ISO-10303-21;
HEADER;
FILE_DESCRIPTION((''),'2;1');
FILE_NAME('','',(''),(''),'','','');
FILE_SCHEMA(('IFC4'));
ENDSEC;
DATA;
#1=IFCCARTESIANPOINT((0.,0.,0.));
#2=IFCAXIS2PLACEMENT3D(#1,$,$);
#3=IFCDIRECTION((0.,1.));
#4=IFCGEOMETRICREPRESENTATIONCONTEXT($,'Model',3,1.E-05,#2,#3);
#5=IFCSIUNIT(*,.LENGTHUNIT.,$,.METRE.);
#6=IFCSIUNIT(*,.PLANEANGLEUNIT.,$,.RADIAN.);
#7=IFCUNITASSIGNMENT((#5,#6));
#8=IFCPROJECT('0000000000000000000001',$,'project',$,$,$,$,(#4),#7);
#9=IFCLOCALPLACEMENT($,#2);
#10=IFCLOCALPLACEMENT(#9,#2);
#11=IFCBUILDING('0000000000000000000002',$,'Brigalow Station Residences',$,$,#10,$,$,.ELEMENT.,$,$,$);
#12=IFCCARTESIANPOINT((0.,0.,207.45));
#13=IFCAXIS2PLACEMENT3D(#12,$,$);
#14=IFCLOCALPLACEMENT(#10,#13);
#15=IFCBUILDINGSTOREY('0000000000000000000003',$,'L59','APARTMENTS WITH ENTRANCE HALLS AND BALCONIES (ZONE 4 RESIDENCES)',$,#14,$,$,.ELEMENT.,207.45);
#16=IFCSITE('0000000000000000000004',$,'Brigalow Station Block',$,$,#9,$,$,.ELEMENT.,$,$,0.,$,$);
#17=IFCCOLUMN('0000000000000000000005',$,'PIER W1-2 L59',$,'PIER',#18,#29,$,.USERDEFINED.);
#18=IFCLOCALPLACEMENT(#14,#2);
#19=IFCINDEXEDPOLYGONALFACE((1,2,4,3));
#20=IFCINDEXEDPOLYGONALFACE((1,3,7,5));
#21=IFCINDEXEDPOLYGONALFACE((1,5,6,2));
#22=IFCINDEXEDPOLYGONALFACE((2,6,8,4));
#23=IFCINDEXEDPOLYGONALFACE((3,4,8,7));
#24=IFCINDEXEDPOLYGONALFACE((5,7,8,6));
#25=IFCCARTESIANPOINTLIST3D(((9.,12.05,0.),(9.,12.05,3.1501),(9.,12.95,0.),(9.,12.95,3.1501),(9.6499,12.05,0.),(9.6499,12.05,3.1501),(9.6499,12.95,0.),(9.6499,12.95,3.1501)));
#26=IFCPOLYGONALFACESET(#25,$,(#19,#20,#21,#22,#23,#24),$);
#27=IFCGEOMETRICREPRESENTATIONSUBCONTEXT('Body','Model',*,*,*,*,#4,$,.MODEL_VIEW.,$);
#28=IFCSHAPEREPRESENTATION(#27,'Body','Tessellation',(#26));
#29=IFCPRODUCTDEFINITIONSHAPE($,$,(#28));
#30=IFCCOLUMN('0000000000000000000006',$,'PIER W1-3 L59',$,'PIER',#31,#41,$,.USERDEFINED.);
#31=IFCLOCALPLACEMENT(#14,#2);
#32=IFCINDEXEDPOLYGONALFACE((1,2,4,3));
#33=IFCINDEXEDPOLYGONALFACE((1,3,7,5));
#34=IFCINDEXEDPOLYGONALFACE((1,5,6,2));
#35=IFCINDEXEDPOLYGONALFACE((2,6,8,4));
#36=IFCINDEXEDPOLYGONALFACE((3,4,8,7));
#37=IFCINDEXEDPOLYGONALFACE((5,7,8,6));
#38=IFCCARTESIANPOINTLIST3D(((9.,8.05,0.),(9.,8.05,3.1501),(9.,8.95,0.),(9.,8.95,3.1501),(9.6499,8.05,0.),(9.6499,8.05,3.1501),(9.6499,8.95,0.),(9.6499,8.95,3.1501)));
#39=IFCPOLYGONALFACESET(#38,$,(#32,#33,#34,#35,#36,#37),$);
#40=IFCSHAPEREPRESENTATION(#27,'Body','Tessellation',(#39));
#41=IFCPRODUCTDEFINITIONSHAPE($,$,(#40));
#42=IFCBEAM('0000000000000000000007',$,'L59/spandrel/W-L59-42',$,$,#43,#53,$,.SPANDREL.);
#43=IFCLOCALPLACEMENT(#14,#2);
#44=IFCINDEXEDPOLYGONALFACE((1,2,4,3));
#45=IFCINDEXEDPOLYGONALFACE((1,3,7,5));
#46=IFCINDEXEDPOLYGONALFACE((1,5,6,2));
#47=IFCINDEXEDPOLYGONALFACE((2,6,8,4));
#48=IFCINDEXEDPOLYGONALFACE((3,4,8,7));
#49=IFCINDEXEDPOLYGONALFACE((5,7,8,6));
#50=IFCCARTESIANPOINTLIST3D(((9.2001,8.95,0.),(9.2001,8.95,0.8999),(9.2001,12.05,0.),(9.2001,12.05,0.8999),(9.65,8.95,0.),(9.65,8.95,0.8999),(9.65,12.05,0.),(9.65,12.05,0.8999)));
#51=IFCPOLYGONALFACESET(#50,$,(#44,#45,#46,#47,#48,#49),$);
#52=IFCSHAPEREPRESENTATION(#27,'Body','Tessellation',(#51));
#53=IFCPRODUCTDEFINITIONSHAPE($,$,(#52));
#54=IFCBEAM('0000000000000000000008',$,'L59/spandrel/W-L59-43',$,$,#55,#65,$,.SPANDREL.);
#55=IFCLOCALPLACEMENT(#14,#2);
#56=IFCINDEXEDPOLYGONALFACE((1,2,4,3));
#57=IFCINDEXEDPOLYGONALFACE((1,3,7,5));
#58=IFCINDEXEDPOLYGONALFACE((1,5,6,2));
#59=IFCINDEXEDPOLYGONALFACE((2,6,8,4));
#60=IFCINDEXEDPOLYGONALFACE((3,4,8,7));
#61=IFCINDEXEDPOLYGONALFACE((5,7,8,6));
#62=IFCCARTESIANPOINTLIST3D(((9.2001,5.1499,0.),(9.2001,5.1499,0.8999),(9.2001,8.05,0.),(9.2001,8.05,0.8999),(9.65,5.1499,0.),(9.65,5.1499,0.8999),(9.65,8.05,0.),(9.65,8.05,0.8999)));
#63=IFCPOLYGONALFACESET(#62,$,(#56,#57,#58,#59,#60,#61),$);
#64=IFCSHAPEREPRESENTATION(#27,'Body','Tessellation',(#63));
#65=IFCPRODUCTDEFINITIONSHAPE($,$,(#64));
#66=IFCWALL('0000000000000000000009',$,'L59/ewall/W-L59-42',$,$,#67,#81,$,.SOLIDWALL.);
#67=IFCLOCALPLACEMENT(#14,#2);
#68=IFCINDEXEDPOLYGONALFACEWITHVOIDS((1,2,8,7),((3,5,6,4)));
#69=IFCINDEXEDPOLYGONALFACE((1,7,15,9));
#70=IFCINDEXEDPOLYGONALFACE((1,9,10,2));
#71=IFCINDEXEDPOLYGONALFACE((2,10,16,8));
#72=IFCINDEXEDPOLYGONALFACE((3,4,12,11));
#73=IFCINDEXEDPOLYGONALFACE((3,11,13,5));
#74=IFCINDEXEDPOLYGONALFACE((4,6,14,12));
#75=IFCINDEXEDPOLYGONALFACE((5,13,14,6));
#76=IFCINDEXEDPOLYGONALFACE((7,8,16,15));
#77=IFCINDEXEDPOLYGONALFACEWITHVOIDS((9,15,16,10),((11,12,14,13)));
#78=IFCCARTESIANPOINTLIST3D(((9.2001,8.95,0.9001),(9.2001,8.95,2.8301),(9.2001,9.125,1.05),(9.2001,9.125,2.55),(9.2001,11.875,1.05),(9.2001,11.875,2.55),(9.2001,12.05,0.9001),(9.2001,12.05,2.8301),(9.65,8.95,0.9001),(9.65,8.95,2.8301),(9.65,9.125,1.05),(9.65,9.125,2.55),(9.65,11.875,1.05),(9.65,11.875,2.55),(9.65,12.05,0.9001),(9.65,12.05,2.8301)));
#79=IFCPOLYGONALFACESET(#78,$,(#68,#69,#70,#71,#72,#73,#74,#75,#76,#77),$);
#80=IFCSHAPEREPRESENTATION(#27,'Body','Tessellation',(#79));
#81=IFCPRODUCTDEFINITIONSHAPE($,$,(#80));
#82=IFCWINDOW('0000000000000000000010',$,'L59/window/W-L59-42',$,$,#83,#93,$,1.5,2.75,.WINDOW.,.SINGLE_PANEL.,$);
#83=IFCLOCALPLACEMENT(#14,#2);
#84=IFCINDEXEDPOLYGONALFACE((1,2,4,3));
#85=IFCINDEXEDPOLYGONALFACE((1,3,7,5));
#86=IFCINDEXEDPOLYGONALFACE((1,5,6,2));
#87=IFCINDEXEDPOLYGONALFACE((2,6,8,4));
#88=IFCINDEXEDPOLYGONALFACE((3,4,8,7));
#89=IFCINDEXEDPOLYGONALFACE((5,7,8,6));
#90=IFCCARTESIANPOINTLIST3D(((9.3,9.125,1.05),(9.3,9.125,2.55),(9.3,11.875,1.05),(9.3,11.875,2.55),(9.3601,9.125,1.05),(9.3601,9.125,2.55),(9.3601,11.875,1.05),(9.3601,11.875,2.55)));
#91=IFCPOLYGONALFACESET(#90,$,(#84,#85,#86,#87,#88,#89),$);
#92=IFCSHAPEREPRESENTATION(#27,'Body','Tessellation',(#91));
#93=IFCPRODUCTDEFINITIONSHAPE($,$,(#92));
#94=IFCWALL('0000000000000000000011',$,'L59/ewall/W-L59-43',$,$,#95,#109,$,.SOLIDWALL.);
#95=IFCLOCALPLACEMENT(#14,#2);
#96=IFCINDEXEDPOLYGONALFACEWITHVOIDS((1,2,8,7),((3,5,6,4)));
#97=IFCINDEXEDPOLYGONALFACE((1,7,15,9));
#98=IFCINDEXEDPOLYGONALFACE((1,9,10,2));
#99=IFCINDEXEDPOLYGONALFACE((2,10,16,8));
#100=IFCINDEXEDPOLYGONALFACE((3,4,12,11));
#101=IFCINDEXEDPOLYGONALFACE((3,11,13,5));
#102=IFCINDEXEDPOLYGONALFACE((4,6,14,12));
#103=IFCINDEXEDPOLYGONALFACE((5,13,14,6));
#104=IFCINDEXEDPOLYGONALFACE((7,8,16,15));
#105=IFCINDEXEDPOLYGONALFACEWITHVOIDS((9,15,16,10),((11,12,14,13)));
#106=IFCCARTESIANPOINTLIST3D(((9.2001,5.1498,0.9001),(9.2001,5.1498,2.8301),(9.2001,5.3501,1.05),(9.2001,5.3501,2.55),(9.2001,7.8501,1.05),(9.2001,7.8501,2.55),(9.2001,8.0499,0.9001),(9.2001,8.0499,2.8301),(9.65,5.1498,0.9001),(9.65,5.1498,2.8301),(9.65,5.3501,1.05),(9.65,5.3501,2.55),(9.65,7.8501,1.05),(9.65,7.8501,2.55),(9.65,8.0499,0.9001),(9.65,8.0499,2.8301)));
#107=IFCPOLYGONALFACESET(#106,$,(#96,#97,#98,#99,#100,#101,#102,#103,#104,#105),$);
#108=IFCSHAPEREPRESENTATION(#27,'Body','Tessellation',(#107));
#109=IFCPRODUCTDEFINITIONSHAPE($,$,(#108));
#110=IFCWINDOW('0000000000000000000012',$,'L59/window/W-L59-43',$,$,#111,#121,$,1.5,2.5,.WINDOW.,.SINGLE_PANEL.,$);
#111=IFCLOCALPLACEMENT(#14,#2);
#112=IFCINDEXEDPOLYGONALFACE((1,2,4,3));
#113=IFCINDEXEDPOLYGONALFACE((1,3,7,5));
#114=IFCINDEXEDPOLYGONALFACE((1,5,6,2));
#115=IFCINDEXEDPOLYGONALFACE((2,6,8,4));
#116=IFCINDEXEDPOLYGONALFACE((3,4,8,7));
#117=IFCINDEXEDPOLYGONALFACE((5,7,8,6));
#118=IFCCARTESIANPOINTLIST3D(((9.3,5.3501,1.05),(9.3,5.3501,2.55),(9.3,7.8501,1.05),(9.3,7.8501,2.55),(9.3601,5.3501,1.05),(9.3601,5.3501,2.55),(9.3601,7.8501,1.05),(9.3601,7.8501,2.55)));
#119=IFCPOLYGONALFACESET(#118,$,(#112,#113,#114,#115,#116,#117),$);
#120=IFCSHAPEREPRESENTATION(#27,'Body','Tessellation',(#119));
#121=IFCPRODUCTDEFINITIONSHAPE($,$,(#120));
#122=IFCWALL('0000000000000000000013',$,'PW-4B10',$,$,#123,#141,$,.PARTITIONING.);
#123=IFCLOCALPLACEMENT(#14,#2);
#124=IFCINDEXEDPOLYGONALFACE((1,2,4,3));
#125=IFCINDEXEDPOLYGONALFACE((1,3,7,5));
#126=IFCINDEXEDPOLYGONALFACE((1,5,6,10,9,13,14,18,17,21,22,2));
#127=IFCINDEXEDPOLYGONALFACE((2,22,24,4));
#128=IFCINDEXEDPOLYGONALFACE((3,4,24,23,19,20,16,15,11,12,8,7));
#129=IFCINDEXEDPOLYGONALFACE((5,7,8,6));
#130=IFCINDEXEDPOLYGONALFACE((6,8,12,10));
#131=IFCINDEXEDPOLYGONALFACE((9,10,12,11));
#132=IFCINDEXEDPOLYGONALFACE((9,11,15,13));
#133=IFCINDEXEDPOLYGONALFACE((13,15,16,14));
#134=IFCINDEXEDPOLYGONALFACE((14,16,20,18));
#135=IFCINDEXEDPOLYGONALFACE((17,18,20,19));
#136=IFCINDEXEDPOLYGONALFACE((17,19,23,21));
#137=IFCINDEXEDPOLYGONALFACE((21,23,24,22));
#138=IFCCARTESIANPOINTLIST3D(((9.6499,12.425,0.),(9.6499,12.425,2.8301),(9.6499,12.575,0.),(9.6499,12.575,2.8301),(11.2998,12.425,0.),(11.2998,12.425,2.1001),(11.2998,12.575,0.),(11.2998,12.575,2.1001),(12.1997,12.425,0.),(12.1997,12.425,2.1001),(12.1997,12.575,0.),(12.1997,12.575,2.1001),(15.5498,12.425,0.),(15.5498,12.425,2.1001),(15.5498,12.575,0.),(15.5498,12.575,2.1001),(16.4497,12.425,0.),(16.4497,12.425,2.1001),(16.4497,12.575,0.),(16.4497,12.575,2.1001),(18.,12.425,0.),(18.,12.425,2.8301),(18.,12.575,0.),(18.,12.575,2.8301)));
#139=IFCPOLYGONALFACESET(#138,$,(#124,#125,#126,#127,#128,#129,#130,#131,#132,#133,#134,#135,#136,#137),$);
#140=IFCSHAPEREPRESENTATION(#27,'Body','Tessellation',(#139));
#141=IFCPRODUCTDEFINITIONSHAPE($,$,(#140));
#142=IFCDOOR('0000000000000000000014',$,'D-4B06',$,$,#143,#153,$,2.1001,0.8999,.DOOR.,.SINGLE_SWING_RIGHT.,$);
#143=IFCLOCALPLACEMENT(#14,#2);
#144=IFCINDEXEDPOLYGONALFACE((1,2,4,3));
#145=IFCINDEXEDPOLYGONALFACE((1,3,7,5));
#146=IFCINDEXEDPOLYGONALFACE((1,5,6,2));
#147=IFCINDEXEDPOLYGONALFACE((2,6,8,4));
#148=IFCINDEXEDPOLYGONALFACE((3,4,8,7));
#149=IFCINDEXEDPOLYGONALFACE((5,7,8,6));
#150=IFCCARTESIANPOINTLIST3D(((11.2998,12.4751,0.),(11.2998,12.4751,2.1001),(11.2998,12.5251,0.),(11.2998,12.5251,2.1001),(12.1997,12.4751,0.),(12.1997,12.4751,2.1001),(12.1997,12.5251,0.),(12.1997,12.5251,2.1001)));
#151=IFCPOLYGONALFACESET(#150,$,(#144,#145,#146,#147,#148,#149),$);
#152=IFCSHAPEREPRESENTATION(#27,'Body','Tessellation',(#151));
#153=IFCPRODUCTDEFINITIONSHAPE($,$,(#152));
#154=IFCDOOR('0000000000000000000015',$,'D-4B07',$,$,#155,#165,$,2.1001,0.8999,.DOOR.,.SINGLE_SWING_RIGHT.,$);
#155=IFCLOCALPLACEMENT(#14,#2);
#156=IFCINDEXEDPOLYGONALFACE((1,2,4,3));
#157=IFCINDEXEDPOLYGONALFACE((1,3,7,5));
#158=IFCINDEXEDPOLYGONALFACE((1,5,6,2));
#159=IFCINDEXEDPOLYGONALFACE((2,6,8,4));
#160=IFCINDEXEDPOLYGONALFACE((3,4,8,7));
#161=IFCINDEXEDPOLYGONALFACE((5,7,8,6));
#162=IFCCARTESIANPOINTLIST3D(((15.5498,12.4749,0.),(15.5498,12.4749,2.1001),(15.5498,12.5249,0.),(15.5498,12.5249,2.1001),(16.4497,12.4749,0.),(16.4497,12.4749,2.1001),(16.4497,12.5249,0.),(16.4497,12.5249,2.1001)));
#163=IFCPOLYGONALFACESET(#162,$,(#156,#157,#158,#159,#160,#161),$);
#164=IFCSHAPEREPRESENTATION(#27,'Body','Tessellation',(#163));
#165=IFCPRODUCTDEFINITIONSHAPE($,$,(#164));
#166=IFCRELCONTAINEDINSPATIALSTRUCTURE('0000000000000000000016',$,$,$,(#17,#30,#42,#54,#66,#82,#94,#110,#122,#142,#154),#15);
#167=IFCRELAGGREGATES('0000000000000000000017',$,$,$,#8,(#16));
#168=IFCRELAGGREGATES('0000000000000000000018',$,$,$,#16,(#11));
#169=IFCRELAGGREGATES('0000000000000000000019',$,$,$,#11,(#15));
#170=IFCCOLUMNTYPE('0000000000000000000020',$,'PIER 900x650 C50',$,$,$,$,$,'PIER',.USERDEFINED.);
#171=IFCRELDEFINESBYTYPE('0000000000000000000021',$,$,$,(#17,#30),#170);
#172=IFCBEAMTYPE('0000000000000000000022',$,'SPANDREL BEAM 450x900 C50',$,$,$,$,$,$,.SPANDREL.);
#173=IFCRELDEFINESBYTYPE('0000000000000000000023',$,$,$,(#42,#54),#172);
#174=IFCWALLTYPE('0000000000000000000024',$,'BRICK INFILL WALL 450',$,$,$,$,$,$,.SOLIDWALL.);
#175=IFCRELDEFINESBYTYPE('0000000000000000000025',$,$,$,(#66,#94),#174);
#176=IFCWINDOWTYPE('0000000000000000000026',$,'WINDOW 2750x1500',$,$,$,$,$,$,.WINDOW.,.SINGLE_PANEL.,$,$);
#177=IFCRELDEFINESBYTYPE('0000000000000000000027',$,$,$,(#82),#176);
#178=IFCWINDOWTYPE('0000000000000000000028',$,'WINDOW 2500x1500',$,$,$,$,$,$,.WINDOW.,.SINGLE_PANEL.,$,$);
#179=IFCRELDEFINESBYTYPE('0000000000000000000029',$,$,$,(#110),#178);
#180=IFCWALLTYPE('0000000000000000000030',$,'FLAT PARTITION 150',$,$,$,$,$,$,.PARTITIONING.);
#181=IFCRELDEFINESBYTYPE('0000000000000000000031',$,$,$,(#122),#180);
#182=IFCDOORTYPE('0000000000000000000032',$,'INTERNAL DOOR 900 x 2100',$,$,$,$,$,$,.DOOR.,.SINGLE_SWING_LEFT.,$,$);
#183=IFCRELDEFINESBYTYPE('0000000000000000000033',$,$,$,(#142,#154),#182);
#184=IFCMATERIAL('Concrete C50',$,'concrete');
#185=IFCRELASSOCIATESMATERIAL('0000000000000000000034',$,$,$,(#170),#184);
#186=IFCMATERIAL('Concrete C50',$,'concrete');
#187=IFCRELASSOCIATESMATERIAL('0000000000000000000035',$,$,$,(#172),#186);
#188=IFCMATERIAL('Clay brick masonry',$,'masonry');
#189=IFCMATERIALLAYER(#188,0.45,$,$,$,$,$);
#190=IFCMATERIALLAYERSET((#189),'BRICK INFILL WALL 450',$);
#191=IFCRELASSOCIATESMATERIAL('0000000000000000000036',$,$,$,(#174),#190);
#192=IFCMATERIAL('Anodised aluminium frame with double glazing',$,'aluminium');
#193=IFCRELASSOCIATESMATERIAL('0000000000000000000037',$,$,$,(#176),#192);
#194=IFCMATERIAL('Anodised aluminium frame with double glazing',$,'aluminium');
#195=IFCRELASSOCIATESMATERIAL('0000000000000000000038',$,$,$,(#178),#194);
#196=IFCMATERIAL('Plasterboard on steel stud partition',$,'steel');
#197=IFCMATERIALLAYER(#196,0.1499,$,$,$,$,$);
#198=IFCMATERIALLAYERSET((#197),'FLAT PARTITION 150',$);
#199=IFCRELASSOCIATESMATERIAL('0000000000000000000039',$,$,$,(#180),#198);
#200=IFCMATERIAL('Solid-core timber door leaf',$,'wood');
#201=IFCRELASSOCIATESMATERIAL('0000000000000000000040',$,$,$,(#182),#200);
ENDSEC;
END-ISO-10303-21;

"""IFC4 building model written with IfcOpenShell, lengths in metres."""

from ifc_helpers import new_model, si_unit, direction, frame, frame_2d, origin, origin_2d, place, context, subcontext, project, spatial, rectangle, extrude, material, layer, layer_set, material_profile, profile_set, type_object, element, fill, save


model = new_model("IFC4")

# Units and contexts
model_context = context("Model", 3, precision=1e-05, world=origin(), true_north=direction((0.0, 1.0)))
body_context = subcontext(model_context, "Body", "Model", "MODEL_VIEW")
ifc_project = project(units=[si_unit("LENGTHUNIT", "METRE"), si_unit("PLANEANGLEUNIT", "RADIAN")], contexts=[model_context])

# Site, building, storey
site_placement = place(None, origin())
site = spatial("IfcSite", under=ifc_project, at=site_placement, Name="Brigalow Station Block", CompositionType="ELEMENT", RefElevation=0.0)
building_placement = place(site_placement, origin())
building = spatial("IfcBuilding", under=site, at=building_placement, Name="Brigalow Station Residences", CompositionType="ELEMENT")
storey_placement = place(building_placement, frame((0.0, 0.0, 207.45)))
storey = spatial("IfcBuildingStorey", under=building, at=storey_placement, Name="L59", Description="APARTMENTS WITH ENTRANCE HALLS AND BALCONIES (ZONE 4 RESIDENCES)", CompositionType="ELEMENT", Elevation=207.45)

# Columns
ifc_material_1 = material(Name="Concrete C50", Category="concrete")
ifc_material_profile_1 = material_profile(ifc_material_1, rectangle(XDim=0.8999, YDim=0.6499, at=origin_2d()), Name="RC900x650")
ifc_profile_set_1 = profile_set([ifc_material_profile_1], Name="Concrete C50")
column_type = type_object("IfcColumnType", Name="PIER 900x650 C50", ElementType="PIER", PredefinedType="USERDEFINED", material=ifc_profile_set_1)
for number, where, z_axis, x_axis, name in (
    (1, (9.325, 12.5, 0.0), (0.0, 0.0, 1.0), (0.0, -1.0, 0.0), "PIER W1-2 L59"),
    (2, (9.325, 8.5, 0.0), (0.0, 0.0, 1.0), (0.0, -1.0, 0.0), "PIER W1-3 L59"),
):
    element("IfcColumn", number, at=place(storey_placement, frame(where, z_axis=z_axis, x_axis=x_axis)), inside=storey, type_object=column_type, Name=name, ObjectType="PIER", PredefinedType="USERDEFINED", context=body_context, shape_type="SweptSolid", body=[
        extrude(rectangle(XDim=0.8999, YDim=0.6499, at=origin_2d()), origin(), (0.0, 0.0, 1.0), 3.1501),
    ])

# Beams
ifc_material_2 = material(Name="Concrete C50", Category="concrete")
ifc_material_profile_2 = material_profile(ifc_material_2, rectangle(XDim=0.45, YDim=0.8999, at=origin_2d()), Name="RC450x900")
ifc_profile_set_2 = profile_set([ifc_material_profile_2], Name="Concrete C50")
beam_type = type_object("IfcBeamType", Name="SPANDREL BEAM 450x900 C50", PredefinedType="SPANDREL", material=ifc_profile_set_2)
beam_1_placement = place(storey_placement, frame((9.425, 12.05, 0.45), z_axis=(0.0, -1.0, 0.0), x_axis=(1.0, 0.0, 0.0)))
element("IfcBeam", 3, at=beam_1_placement, inside=storey, type_object=beam_type, Name="L59/spandrel/W-L59-42", PredefinedType="SPANDREL", context=body_context, shape_type="SweptSolid", body=[
    extrude(rectangle(XDim=0.45, YDim=0.8999, at=origin_2d()), origin(), (0.0, 0.0, 1.0), 3.1001),
])
beam_2_placement = place(storey_placement, frame((9.425, 8.05, 0.45), z_axis=(0.0, -1.0, 0.0), x_axis=(1.0, 0.0, 0.0)))
element("IfcBeam", 4, at=beam_2_placement, inside=storey, type_object=beam_type, Name="L59/spandrel/W-L59-43", PredefinedType="SPANDREL", context=body_context, shape_type="SweptSolid", body=[
    extrude(rectangle(XDim=0.45, YDim=0.8999, at=origin_2d()), origin(), (0.0, 0.0, 1.0), 2.9001),
])

# Walls, openings, windows
ifc_material_3 = material(Name="Clay brick masonry", Category="masonry")
ifc_layer_1 = layer(ifc_material_3, 0.45)
ifc_layer_set_1 = layer_set([ifc_layer_1], Name="BRICK INFILL WALL 450")
wall_type_1 = type_object("IfcWallType", Name="BRICK INFILL WALL 450", PredefinedType="SOLIDWALL", material=ifc_layer_set_1)
wall_1_placement = place(storey_placement, frame((9.425, 12.05, 0.9001), z_axis=(0.0, 0.0, 1.0), x_axis=(0.0, -1.0, 0.0)))
wall_1 = element("IfcWall", 5, at=wall_1_placement, inside=storey, type_object=wall_type_1, Name="L59/ewall/W-L59-42", PredefinedType="SOLIDWALL", context=body_context, shape_type="SweptSolid", body=[
    extrude(rectangle(XDim=3.1001, YDim=0.45, at=frame_2d((1.55, 0.0))), origin(), (0.0, 0.0, 1.0), 1.9299),
])
opening_1_placement = place(wall_1_placement, frame((0.175, 0.0, 0.1499)))
opening_1 = element("IfcOpeningElement", 6, at=opening_1_placement, cuts=wall_1, PredefinedType="OPENING", context=body_context, shape_type="SweptSolid", body=[
    extrude(rectangle(XDim=2.75, YDim=1.5, at=frame_2d((1.375, 0.75))), frame((0.0, 0.2349, 0.0), z_axis=(0.0, -1.0, 0.0), x_axis=(1.0, 0.0, 0.0)), (0.0, 0.0, 1.0), 0.47),
])
ifc_material_4 = material(Name="Anodised aluminium frame with double glazing", Category="aluminium")
window_type_1 = type_object("IfcWindowType", Name="WINDOW 2750x1500", PartitioningType="SINGLE_PANEL", PredefinedType="WINDOW", material=ifc_material_4)
window_1_placement = place(opening_1_placement, origin())
window_1 = element("IfcWindow", 7, at=window_1_placement, inside=storey, type_object=window_type_1, Name="L59/window/W-L59-42", OverallHeight=1.5, OverallWidth=2.75, PartitioningType="SINGLE_PANEL", PredefinedType="WINDOW", context=body_context, shape_type="SweptSolid", body=[
    extrude(rectangle(XDim=2.75, YDim=1.5, at=frame_2d((1.375, 0.75))), frame((0.0, -0.0649, 0.0), z_axis=(0.0, -1.0, 0.0), x_axis=(1.0, 0.0, 0.0)), (0.0, 0.0, 1.0), 0.0601),
])
fill(opening_1, window_1)
wall_2_placement = place(storey_placement, frame((9.425, 8.05, 0.9001), z_axis=(0.0, 0.0, 1.0), x_axis=(0.0, -1.0, 0.0)))
wall_2 = element("IfcWall", 8, at=wall_2_placement, inside=storey, type_object=wall_type_1, Name="L59/ewall/W-L59-43", PredefinedType="SOLIDWALL", context=body_context, shape_type="SweptSolid", body=[
    extrude(rectangle(XDim=2.9001, YDim=0.45, at=frame_2d((1.4502, 0.0))), origin(), (0.0, 0.0, 1.0), 1.9299),
])
opening_2_placement = place(wall_2_placement, frame((0.2, 0.0, 0.1499)))
opening_2 = element("IfcOpeningElement", 9, at=opening_2_placement, cuts=wall_2, PredefinedType="OPENING", context=body_context, shape_type="SweptSolid", body=[
    extrude(rectangle(XDim=2.5, YDim=1.5, at=frame_2d((1.25, 0.75))), frame((0.0, 0.2349, 0.0), z_axis=(0.0, -1.0, 0.0), x_axis=(1.0, 0.0, 0.0)), (0.0, 0.0, 1.0), 0.47),
])
ifc_material_5 = material(Name="Anodised aluminium frame with double glazing", Category="aluminium")
window_type_2 = type_object("IfcWindowType", Name="WINDOW 2500x1500", PartitioningType="SINGLE_PANEL", PredefinedType="WINDOW", material=ifc_material_5)
window_2_placement = place(opening_2_placement, origin())
window_2 = element("IfcWindow", 10, at=window_2_placement, inside=storey, type_object=window_type_2, Name="L59/window/W-L59-43", OverallHeight=1.5, OverallWidth=2.5, PartitioningType="SINGLE_PANEL", PredefinedType="WINDOW", context=body_context, shape_type="SweptSolid", body=[
    extrude(rectangle(XDim=2.5, YDim=1.5, at=frame_2d((1.25, 0.75))), frame((0.0, -0.0649, 0.0), z_axis=(0.0, -1.0, 0.0), x_axis=(1.0, 0.0, 0.0)), (0.0, 0.0, 1.0), 0.0601),
])
fill(opening_2, window_2)

# Wall, openings, doors
ifc_material_6 = material(Name="Plasterboard on steel stud partition", Category="steel")
ifc_layer_2 = layer(ifc_material_6, 0.1499)
ifc_layer_set_2 = layer_set([ifc_layer_2], Name="FLAT PARTITION 150")
wall_type_2 = type_object("IfcWallType", Name="FLAT PARTITION 150", PredefinedType="PARTITIONING", material=ifc_layer_set_2)
wall_3_placement = place(storey_placement, frame((9.6499, 12.5, 0.0), z_axis=(0.0, 0.0, 1.0), x_axis=(1.0, 0.0, 0.0)))
wall_3 = element("IfcWall", 11, at=wall_3_placement, inside=storey, type_object=wall_type_2, Name="PW-4B10", PredefinedType="PARTITIONING", context=body_context, shape_type="SweptSolid", body=[
    extrude(rectangle(XDim=8.3501, YDim=0.1499, at=frame_2d((4.175, 0.0))), origin(), (0.0, 0.0, 1.0), 2.8301),
])
opening_3_placement = place(wall_3_placement, frame((1.6499, 0.0, 0.0)))
opening_3 = element("IfcOpeningElement", 12, at=opening_3_placement, cuts=wall_3, PredefinedType="OPENING", context=body_context, shape_type="SweptSolid", body=[
    extrude(rectangle(XDim=0.8999, YDim=2.1001, at=frame_2d((0.45, 1.05))), frame((0.0, 0.085, 0.0), z_axis=(0.0, -1.0, 0.0), x_axis=(1.0, 0.0, 0.0)), (0.0, 0.0, 1.0), 0.1699),
])
opening_4_placement = place(wall_3_placement, frame((5.8999, 0.0, 0.0)))
opening_4 = element("IfcOpeningElement", 13, at=opening_4_placement, cuts=wall_3, PredefinedType="OPENING", context=body_context, shape_type="SweptSolid", body=[
    extrude(rectangle(XDim=0.8999, YDim=2.1001, at=frame_2d((0.45, 1.05))), frame((0.0, 0.085, 0.0), z_axis=(0.0, -1.0, 0.0), x_axis=(1.0, 0.0, 0.0)), (0.0, 0.0, 1.0), 0.1699),
])
ifc_material_7 = material(Name="Solid-core timber door leaf", Category="wood")
door_type = type_object("IfcDoorType", Name="INTERNAL DOOR 900 x 2100", OperationType="SINGLE_SWING_LEFT", PredefinedType="DOOR", material=ifc_material_7)
door_1_placement = place(opening_3_placement, frame((0.8999, 0.0, 0.0), z_axis=(0.0, 0.0, 1.0), x_axis=(-1.0, 0.0, 0.0)))
door_1 = element("IfcDoor", 14, at=door_1_placement, inside=storey, type_object=door_type, Name="D-4B06", OperationType="SINGLE_SWING_RIGHT", OverallHeight=2.1001, OverallWidth=0.8999, PredefinedType="DOOR", context=body_context, shape_type="SweptSolid", body=[
    extrude(rectangle(XDim=0.8999, YDim=2.1001, at=frame_2d((0.45, 1.05))), frame((0.0, 0.0249, 0.0), z_axis=(0.0, -1.0, 0.0), x_axis=(1.0, 0.0, 0.0)), (0.0, 0.0, 1.0), 0.05),
])
fill(opening_3, door_1)
door_2_placement = place(opening_4_placement, origin())
door_2 = element("IfcDoor", 15, at=door_2_placement, inside=storey, type_object=door_type, Name="D-4B07", OperationType="SINGLE_SWING_RIGHT", OverallHeight=2.1001, OverallWidth=0.8999, PredefinedType="DOOR", context=body_context, shape_type="SweptSolid", body=[
    extrude(rectangle(XDim=0.8999, YDim=2.1001, at=frame_2d((0.45, 1.05))), frame((0.0, 0.0249, 0.0), z_axis=(0.0, -1.0, 0.0), x_axis=(1.0, 0.0, 0.0)), (0.0, 0.0, 1.0), 0.05),
])
fill(opening_4, door_2)

save(model, "model.ifc")
